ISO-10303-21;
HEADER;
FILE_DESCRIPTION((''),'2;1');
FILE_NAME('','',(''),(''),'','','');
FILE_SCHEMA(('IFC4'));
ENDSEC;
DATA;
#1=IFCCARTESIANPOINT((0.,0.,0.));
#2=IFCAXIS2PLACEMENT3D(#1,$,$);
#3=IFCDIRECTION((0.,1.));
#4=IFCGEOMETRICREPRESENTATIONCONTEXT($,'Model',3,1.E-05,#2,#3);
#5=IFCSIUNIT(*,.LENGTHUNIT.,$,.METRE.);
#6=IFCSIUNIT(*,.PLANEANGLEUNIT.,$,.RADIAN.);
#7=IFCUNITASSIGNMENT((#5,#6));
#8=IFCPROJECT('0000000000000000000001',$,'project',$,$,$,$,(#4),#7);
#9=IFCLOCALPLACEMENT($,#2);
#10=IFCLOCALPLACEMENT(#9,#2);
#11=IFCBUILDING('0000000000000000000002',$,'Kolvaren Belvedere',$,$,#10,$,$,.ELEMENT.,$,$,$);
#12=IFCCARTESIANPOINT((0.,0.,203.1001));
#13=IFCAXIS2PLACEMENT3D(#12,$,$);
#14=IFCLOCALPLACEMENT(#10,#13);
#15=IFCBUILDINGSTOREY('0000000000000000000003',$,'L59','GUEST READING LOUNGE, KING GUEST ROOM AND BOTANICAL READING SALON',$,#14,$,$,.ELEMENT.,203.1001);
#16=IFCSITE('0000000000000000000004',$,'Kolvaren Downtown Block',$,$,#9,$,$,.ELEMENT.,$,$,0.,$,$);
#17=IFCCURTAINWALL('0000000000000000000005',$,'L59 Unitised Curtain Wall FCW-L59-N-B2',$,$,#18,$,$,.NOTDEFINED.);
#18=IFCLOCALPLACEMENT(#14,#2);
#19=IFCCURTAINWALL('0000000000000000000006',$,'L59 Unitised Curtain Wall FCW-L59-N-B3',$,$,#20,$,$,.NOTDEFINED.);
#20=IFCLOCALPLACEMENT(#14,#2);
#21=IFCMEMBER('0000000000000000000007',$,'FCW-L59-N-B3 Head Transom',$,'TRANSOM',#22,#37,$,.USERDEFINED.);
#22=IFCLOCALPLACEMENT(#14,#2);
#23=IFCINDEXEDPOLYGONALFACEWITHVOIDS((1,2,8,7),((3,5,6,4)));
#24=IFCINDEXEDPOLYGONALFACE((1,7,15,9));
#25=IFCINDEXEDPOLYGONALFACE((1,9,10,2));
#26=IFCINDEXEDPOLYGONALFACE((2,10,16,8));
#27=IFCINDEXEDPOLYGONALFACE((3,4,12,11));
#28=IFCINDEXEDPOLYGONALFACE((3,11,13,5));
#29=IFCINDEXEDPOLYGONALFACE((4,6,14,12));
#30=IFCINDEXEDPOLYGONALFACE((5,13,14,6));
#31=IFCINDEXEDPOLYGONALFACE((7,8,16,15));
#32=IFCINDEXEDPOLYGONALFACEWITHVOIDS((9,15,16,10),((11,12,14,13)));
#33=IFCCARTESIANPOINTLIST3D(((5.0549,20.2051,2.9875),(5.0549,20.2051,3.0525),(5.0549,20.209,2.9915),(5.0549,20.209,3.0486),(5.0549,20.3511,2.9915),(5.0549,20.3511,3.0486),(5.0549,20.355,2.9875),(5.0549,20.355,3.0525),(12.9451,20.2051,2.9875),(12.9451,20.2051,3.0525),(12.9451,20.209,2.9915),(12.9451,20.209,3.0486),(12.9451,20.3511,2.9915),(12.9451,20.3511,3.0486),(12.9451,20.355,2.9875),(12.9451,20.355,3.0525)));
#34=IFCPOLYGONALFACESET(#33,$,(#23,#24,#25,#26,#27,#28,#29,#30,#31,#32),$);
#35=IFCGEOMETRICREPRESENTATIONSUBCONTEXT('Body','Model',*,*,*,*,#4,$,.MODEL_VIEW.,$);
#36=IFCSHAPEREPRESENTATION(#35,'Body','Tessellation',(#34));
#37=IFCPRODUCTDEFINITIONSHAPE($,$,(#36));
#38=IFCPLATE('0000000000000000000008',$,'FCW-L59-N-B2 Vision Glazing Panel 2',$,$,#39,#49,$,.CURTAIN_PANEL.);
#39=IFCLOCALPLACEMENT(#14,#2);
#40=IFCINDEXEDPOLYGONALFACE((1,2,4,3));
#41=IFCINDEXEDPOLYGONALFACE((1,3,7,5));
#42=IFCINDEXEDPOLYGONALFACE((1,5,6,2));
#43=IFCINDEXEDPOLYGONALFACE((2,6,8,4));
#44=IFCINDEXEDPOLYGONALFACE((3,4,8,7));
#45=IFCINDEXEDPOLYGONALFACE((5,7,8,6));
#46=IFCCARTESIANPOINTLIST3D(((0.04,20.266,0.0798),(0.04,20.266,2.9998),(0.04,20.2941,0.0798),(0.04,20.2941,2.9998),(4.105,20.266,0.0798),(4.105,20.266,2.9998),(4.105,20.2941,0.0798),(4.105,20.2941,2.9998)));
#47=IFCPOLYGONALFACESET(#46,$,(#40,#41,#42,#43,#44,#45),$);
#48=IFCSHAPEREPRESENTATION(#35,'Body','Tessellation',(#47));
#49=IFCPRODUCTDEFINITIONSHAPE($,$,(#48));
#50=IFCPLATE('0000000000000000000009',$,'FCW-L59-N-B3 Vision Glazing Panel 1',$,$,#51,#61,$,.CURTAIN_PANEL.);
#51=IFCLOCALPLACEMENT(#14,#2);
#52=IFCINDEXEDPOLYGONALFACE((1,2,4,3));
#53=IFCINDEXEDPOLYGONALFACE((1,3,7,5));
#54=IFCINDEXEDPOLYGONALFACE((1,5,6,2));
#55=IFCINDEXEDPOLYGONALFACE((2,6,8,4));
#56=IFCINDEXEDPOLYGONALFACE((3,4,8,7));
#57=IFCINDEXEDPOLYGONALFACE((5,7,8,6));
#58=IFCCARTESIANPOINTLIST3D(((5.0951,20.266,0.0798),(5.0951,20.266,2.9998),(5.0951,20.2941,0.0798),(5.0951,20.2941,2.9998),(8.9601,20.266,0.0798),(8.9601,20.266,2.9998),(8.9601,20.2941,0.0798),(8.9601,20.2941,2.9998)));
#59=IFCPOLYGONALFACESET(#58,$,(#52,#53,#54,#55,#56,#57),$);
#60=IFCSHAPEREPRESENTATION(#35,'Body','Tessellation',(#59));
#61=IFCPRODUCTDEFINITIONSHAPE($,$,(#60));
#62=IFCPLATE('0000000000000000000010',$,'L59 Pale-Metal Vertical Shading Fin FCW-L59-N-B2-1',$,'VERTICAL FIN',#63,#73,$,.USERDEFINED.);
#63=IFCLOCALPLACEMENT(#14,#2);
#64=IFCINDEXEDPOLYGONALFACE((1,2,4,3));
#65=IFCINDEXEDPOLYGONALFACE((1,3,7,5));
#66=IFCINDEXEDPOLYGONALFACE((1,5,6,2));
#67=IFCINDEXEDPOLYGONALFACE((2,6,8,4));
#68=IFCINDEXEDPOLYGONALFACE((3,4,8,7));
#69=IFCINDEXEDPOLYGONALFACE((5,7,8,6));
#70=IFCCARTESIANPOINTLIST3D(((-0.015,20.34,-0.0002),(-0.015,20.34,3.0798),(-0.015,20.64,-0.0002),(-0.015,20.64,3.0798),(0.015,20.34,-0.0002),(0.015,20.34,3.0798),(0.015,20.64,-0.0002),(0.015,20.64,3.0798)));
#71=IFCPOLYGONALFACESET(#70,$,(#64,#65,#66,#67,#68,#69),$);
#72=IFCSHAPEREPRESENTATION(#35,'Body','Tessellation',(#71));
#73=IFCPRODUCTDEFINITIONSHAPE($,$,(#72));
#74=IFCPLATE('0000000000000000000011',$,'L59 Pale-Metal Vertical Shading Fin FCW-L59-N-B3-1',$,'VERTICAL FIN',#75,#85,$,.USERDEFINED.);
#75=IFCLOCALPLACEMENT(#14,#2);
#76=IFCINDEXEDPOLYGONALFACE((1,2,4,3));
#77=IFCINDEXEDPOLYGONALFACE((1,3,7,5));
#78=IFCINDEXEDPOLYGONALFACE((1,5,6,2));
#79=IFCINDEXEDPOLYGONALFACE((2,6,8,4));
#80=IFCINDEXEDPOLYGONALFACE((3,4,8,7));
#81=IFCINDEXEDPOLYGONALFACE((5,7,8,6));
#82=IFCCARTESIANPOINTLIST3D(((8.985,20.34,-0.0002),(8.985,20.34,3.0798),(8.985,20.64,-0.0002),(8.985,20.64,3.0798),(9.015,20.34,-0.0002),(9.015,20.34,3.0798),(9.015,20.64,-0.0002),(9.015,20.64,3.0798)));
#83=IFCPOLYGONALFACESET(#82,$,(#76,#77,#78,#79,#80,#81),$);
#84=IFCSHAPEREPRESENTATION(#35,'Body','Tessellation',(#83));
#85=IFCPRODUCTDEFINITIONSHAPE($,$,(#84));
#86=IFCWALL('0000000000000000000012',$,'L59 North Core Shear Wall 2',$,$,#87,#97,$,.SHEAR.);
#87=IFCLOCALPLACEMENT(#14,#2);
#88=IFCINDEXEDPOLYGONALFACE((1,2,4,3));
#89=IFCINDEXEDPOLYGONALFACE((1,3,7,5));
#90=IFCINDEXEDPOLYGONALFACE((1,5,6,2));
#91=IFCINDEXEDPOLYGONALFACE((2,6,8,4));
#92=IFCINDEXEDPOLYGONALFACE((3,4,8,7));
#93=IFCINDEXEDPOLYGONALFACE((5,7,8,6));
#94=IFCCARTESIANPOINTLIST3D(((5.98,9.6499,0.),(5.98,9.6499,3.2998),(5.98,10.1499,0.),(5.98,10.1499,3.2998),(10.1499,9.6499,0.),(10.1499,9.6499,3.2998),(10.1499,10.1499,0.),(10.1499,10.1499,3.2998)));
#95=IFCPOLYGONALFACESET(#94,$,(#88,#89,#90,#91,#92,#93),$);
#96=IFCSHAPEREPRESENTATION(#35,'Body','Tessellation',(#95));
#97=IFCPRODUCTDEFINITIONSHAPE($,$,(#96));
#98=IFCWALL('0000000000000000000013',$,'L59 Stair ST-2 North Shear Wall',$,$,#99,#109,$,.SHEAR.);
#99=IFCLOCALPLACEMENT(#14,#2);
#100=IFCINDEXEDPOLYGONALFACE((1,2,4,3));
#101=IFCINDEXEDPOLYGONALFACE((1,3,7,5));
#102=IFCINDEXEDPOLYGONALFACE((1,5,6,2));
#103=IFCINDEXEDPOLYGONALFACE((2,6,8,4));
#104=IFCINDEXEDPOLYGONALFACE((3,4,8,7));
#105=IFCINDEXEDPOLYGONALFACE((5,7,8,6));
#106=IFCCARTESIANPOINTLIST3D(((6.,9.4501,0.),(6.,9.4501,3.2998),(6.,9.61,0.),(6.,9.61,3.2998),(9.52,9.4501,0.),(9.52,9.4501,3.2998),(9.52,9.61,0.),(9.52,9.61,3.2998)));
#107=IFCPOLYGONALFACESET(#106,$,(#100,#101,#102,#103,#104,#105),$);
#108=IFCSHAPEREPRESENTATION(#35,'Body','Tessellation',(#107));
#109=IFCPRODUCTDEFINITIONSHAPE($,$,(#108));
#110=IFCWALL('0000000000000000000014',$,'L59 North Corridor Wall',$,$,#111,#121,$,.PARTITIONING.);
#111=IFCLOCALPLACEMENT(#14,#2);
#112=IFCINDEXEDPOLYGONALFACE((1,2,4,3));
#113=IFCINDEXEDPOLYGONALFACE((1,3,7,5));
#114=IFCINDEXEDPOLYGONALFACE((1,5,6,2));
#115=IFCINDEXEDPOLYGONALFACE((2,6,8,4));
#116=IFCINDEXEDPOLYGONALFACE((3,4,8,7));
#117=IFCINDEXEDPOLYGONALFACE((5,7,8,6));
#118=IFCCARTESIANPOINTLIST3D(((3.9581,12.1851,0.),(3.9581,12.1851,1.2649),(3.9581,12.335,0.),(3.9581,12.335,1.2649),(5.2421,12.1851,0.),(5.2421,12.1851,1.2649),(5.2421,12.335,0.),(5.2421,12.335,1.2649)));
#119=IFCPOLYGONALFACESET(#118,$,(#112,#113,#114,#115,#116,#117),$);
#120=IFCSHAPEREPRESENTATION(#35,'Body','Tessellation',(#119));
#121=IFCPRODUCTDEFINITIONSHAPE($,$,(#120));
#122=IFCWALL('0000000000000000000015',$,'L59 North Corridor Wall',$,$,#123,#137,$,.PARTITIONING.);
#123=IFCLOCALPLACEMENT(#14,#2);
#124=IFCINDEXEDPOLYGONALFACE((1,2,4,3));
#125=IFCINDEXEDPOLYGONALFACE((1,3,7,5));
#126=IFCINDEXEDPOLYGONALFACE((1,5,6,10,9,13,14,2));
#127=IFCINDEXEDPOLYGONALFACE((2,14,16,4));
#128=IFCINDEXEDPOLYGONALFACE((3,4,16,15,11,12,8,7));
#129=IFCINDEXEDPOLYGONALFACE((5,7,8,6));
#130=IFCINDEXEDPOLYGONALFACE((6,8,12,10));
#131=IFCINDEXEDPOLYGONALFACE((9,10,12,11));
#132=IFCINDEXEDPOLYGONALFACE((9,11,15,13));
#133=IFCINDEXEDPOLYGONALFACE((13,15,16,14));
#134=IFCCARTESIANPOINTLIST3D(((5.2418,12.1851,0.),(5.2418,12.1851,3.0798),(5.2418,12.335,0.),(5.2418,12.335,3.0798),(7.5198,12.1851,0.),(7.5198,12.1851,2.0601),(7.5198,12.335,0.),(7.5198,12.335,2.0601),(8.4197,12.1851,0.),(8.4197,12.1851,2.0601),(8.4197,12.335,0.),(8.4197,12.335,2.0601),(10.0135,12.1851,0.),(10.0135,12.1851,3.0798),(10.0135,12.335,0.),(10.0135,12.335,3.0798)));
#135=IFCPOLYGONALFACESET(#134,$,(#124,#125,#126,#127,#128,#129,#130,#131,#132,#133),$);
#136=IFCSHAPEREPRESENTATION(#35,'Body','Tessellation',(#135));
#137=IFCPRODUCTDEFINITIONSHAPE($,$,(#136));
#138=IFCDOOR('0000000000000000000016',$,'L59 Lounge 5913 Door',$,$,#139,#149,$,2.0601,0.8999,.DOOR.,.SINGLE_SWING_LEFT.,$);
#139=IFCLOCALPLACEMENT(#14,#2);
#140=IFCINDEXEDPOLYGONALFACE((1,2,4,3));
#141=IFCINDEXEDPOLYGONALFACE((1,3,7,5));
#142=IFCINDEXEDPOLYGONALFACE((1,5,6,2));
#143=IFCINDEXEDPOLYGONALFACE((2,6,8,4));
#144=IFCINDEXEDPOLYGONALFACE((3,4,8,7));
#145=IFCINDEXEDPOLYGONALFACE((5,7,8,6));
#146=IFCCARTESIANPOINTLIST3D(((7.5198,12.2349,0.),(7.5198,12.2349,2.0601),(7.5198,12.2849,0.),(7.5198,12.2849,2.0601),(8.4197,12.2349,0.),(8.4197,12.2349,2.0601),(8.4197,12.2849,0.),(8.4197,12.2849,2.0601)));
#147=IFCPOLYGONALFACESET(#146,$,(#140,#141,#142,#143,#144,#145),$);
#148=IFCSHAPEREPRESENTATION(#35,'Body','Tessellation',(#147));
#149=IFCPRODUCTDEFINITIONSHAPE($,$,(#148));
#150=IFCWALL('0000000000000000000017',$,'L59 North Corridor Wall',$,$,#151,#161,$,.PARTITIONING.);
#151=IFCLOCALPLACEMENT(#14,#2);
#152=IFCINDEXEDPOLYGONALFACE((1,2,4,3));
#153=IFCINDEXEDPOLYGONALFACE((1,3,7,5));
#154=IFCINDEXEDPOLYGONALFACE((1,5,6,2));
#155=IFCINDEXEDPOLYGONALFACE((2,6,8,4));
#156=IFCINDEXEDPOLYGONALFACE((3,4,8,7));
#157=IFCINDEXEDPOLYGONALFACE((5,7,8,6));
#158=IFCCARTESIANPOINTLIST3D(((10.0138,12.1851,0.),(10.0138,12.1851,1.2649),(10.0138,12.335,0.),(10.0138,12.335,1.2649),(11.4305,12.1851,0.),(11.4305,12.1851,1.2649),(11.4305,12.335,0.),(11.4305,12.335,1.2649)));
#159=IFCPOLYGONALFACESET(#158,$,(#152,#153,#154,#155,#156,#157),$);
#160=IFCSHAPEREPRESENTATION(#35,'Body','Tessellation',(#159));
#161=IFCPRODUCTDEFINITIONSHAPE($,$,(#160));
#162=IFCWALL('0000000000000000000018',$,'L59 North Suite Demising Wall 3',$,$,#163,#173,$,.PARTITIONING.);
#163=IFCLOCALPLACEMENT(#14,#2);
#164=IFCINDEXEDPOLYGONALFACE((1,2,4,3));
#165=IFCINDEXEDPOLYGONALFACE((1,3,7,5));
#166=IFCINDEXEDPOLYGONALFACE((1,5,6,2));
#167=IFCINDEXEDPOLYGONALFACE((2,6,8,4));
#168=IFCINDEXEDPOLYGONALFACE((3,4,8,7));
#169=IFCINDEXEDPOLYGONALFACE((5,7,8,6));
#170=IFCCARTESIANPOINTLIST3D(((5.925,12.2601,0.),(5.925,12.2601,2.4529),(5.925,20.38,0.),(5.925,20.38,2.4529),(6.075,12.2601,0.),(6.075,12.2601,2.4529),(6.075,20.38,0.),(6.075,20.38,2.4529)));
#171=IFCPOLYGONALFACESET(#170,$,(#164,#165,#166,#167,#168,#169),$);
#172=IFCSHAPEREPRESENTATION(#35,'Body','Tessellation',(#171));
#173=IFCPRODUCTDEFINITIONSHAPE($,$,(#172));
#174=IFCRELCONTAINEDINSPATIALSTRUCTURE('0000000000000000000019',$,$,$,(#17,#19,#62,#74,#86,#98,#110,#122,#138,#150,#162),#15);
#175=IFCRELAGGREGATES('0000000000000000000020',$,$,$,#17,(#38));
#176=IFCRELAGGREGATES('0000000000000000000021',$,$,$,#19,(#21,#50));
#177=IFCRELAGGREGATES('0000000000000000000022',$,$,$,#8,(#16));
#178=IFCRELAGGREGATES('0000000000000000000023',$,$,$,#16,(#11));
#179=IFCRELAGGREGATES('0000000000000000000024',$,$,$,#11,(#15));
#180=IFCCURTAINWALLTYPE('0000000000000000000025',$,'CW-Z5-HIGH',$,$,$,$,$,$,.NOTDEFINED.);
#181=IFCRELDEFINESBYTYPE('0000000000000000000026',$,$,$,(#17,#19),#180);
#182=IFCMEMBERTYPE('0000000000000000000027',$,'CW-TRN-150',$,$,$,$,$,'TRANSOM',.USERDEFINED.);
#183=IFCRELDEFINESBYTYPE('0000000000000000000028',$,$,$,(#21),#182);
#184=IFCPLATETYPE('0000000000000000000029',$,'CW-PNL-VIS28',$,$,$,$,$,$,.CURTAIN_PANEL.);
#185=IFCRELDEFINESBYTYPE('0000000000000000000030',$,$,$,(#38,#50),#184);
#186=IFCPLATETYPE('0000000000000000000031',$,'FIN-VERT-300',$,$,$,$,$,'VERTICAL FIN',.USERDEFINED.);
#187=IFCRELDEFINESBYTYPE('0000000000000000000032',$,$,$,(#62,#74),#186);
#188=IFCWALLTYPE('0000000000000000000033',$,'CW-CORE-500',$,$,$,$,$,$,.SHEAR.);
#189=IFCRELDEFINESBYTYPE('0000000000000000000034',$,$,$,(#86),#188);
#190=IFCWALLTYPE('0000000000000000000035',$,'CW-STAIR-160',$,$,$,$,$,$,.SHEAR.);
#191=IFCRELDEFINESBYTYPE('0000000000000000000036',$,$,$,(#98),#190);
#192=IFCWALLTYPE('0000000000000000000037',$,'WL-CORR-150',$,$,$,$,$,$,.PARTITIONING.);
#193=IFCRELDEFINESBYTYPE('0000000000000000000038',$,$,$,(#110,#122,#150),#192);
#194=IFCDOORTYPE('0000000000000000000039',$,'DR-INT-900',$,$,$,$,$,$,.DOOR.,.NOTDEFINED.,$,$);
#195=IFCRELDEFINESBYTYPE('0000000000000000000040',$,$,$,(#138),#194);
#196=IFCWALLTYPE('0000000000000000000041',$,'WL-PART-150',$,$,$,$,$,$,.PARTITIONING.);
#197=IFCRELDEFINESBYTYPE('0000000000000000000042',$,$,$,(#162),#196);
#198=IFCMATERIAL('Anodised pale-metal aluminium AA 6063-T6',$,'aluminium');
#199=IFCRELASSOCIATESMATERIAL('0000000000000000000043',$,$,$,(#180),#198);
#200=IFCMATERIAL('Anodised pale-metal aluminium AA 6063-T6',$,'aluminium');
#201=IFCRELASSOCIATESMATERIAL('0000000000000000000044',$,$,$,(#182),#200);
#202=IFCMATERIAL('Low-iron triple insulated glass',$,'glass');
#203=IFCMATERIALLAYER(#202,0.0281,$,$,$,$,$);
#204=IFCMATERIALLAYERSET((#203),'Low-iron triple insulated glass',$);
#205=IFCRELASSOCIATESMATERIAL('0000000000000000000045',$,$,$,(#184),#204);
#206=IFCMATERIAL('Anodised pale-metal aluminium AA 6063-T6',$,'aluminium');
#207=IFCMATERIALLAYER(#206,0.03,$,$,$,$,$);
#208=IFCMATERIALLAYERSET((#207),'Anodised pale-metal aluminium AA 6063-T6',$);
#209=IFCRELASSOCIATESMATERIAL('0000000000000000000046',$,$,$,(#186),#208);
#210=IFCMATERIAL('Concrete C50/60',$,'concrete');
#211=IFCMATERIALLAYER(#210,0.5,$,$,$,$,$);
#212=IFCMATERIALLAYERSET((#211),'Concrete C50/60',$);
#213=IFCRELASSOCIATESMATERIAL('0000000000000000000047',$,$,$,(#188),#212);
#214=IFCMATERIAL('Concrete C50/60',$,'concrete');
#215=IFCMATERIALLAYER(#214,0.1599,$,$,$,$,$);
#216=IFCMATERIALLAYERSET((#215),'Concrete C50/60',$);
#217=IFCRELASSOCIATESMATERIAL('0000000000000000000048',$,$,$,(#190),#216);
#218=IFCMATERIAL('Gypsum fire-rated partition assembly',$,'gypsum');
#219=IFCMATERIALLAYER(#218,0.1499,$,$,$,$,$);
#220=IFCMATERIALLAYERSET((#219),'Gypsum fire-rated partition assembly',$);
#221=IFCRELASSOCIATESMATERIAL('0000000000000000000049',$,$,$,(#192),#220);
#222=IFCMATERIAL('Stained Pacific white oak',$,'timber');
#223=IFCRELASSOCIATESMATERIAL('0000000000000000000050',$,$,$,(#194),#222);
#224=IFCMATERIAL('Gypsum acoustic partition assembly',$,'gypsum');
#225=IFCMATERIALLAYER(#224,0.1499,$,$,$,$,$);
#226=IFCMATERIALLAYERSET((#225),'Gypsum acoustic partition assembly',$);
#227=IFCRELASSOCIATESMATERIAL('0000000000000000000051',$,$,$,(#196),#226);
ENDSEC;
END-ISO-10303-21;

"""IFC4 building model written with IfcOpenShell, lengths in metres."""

from ifc_helpers import new_model, si_unit, direction, frame, frame_2d, origin, origin_2d, place, context, subcontext, project, spatial, rectangle, hollow_rectangle, extrude, material, layer, layer_set, material_profile, profile_set, type_object, element, fill, aggregate, save


model = new_model("IFC4")

# Units and contexts
model_context = context("Model", 3, precision=1e-05, world=origin(), true_north=direction((0.0, 1.0)))
body_context = subcontext(model_context, "Body", "Model", "MODEL_VIEW")
ifc_project = project(units=[si_unit("LENGTHUNIT", "METRE"), si_unit("PLANEANGLEUNIT", "RADIAN")], contexts=[model_context])

# Site, building, storey
site_placement = place(None, origin())
site = spatial("IfcSite", under=ifc_project, at=site_placement, Name="Kolvaren Downtown Block", CompositionType="ELEMENT", RefElevation=0.0)
building_placement = place(site_placement, origin())
building = spatial("IfcBuilding", under=site, at=building_placement, Name="Kolvaren Belvedere", CompositionType="ELEMENT")
storey_placement = place(building_placement, frame((0.0, 0.0, 203.1001)))
storey = spatial("IfcBuildingStorey", under=building, at=storey_placement, Name="L59", Description="GUEST READING LOUNGE, KING GUEST ROOM AND BOTANICAL READING SALON", CompositionType="ELEMENT", Elevation=203.1001)

# Curtain walls, member
ifc_material_1 = material(Name="Anodised pale-metal aluminium AA 6063-T6", Category="aluminium")
curtain_wall_type = type_object("IfcCurtainWallType", Name="CW-Z5-HIGH", PredefinedType="NOTDEFINED", material=ifc_material_1)
curtain_wall_1_placement = place(storey_placement, origin())
curtain_wall_1 = element("IfcCurtainWall", 1, at=curtain_wall_1_placement, inside=storey, type_object=curtain_wall_type, Name="L59 Unitised Curtain Wall FCW-L59-N-B2", PredefinedType="NOTDEFINED")
curtain_wall_2_placement = place(storey_placement, origin())
curtain_wall_2 = element("IfcCurtainWall", 2, at=curtain_wall_2_placement, inside=storey, type_object=curtain_wall_type, Name="L59 Unitised Curtain Wall FCW-L59-N-B3", PredefinedType="NOTDEFINED")
ifc_material_2 = material(Name="Anodised pale-metal aluminium AA 6063-T6", Category="aluminium")
ifc_material_profile_1 = material_profile(ifc_material_2, hollow_rectangle(XDim=0.0649, YDim=0.1499, WallThickness=0.0039, at=origin_2d()), Name="ALU-TRN-150X65")
ifc_profile_set_1 = profile_set([ifc_material_profile_1], Name="Anodised pale-metal aluminium AA 6063-T6")
member_type_1 = type_object("IfcMemberType", Name="CW-TRN-150", ElementType="TRANSOM", PredefinedType="USERDEFINED", material=ifc_profile_set_1)
member_1_placement = place(storey_placement, frame((5.0549, 20.28, 3.02), z_axis=(1.0, 0.0, 0.0), x_axis=(0.0, 0.0, 1.0)))
member_1 = element("IfcMember", 3, at=member_1_placement, type_object=member_type_1, Name="FCW-L59-N-B3 Head Transom", ObjectType="TRANSOM", PredefinedType="USERDEFINED", context=body_context, shape_type="SweptSolid", body=[
    extrude(hollow_rectangle(XDim=0.0649, YDim=0.1499, WallThickness=0.0039, at=origin_2d()), origin(), (0.0, 0.0, 1.0), 7.8901),
])

# Plates
ifc_material_3 = material(Name="Low-iron triple insulated glass", Category="glass")
ifc_layer_1 = layer(ifc_material_3, 0.0281)
ifc_layer_set_1 = layer_set([ifc_layer_1], Name="Low-iron triple insulated glass")
plate_type_1 = type_object("IfcPlateType", Name="CW-PNL-VIS28", PredefinedType="CURTAIN_PANEL", material=ifc_layer_set_1)
plate_1_placement = place(storey_placement, frame((2.0725, 20.28, 0.0798), z_axis=(0.0, 0.0, 1.0), x_axis=(1.0, 0.0, 0.0)))
plate_1 = element("IfcPlate", 4, at=plate_1_placement, type_object=plate_type_1, Name="FCW-L59-N-B2 Vision Glazing Panel 2", PredefinedType="CURTAIN_PANEL", context=body_context, shape_type="SweptSolid", body=[
    extrude(rectangle(XDim=4.0649, YDim=0.0281, at=origin_2d()), origin(), (0.0, 0.0, 1.0), 2.9199),
])
aggregate(curtain_wall_1, [plate_1])
plate_2_placement = place(storey_placement, frame((7.0276, 20.28, 0.0798), z_axis=(0.0, 0.0, 1.0), x_axis=(1.0, 0.0, 0.0)))
plate_2 = element("IfcPlate", 5, at=plate_2_placement, type_object=plate_type_1, Name="FCW-L59-N-B3 Vision Glazing Panel 1", PredefinedType="CURTAIN_PANEL", context=body_context, shape_type="SweptSolid", body=[
    extrude(rectangle(XDim=3.865, YDim=0.0281, at=origin_2d()), origin(), (0.0, 0.0, 1.0), 2.9199),
])
aggregate(curtain_wall_2, [member_1, plate_2])

# Plates
ifc_material_4 = material(Name="Anodised pale-metal aluminium AA 6063-T6", Category="aluminium")
ifc_layer_2 = layer(ifc_material_4, 0.03)
ifc_layer_set_2 = layer_set([ifc_layer_2], Name="Anodised pale-metal aluminium AA 6063-T6")
plate_type_2 = type_object("IfcPlateType", Name="FIN-VERT-300", ElementType="VERTICAL FIN", PredefinedType="USERDEFINED", material=ifc_layer_set_2)
for number, where, z_axis, x_axis, name in (
    (6, (0.0, 20.49, -0.0002), (0.0, 0.0, 1.0), (0.0, 1.0, 0.0), "L59 Pale-Metal Vertical Shading Fin FCW-L59-N-B2-1"),
    (7, (9.0, 20.49, -0.0002), (0.0, 0.0, 1.0), (0.0, 1.0, 0.0), "L59 Pale-Metal Vertical Shading Fin FCW-L59-N-B3-1"),
):
    element("IfcPlate", number, at=place(storey_placement, frame(where, z_axis=z_axis, x_axis=x_axis)), inside=storey, type_object=plate_type_2, Name=name, ObjectType="VERTICAL FIN", PredefinedType="USERDEFINED", context=body_context, shape_type="SweptSolid", body=[
        extrude(rectangle(XDim=0.3, YDim=0.03, at=origin_2d()), origin(), (0.0, 0.0, 1.0), 3.0801),
    ])

# Walls
ifc_material_5 = material(Name="Concrete C50/60", Category="concrete")
ifc_layer_3 = layer(ifc_material_5, 0.5)
ifc_layer_set_3 = layer_set([ifc_layer_3], Name="Concrete C50/60")
wall_type_1 = type_object("IfcWallType", Name="CW-CORE-500", PredefinedType="SHEAR", material=ifc_layer_set_3)
wall_1_placement = place(storey_placement, frame((5.98, 9.8999, 0.0), z_axis=(0.0, 0.0, 1.0), x_axis=(1.0, 0.0, 0.0)))
element("IfcWall", 8, at=wall_1_placement, inside=storey, type_object=wall_type_1, Name="L59 North Core Shear Wall 2", PredefinedType="SHEAR", context=body_context, shape_type="SweptSolid", body=[
    extrude(rectangle(XDim=4.1699, YDim=0.5, at=frame_2d((2.085, 0.0))), origin(), (0.0, 0.0, 1.0), 3.2998),
])
ifc_material_6 = material(Name="Concrete C50/60", Category="concrete")
ifc_layer_4 = layer(ifc_material_6, 0.1599)
ifc_layer_set_4 = layer_set([ifc_layer_4], Name="Concrete C50/60")
wall_type_2 = type_object("IfcWallType", Name="CW-STAIR-160", PredefinedType="SHEAR", material=ifc_layer_set_4)
wall_2_placement = place(storey_placement, frame((6.0, 9.53, 0.0), z_axis=(0.0, 0.0, 1.0), x_axis=(1.0, 0.0, 0.0)))
element("IfcWall", 9, at=wall_2_placement, inside=storey, type_object=wall_type_2, Name="L59 Stair ST-2 North Shear Wall", PredefinedType="SHEAR", context=body_context, shape_type="SweptSolid", body=[
    extrude(rectangle(XDim=3.52, YDim=0.1599, at=frame_2d((1.76, 0.0))), origin(), (0.0, 0.0, 1.0), 3.2998),
])
ifc_material_7 = material(Name="Gypsum fire-rated partition assembly", Category="gypsum")
ifc_layer_5 = layer(ifc_material_7, 0.1499)
ifc_layer_set_5 = layer_set([ifc_layer_5], Name="Gypsum fire-rated partition assembly")
wall_type_3 = type_object("IfcWallType", Name="WL-CORR-150", PredefinedType="PARTITIONING", material=ifc_layer_set_5)
wall_3_placement = place(storey_placement, frame((3.958, 12.26, 0.0), z_axis=(0.0, 0.0, 1.0), x_axis=(1.0, 0.0, 0.0)))
element("IfcWall", 10, at=wall_3_placement, inside=storey, type_object=wall_type_3, Name="L59 North Corridor Wall", PredefinedType="PARTITIONING", context=body_context, shape_type="SweptSolid", body=[
    extrude(rectangle(XDim=1.2839, YDim=0.1499, at=frame_2d((0.6421, 0.0))), origin(), (0.0, 0.0, 1.0), 1.2649),
])

# Wall, opening, door
wall_4_placement = place(storey_placement, frame((5.2419, 12.26, 0.0), z_axis=(0.0, 0.0, 1.0), x_axis=(1.0, 0.0, 0.0)))
wall_4 = element("IfcWall", 11, at=wall_4_placement, inside=storey, type_object=wall_type_3, Name="L59 North Corridor Wall", PredefinedType="PARTITIONING", context=body_context, shape_type="SweptSolid", body=[
    extrude(rectangle(XDim=4.7717, YDim=0.1499, at=frame_2d((2.3857, 0.0))), origin(), (0.0, 0.0, 1.0), 3.0798),
])
opening_1_placement = place(wall_4_placement, frame((2.2778, 0.0, 0.0)))
opening_1 = element("IfcOpeningElement", 12, at=opening_1_placement, cuts=wall_4, PredefinedType="OPENING", context=body_context, shape_type="SweptSolid", body=[
    extrude(rectangle(XDim=0.8999, YDim=2.0601, at=frame_2d((0.45, 1.03))), frame((0.0, 0.085, 0.0), z_axis=(0.0, -1.0, 0.0), x_axis=(1.0, 0.0, 0.0)), (0.0, 0.0, 1.0), 0.1699),
])
ifc_material_8 = material(Name="Stained Pacific white oak", Category="timber")
door_type_1 = type_object("IfcDoorType", Name="DR-INT-900", OperationType="NOTDEFINED", PredefinedType="DOOR", material=ifc_material_8)
door_1_placement = place(opening_1_placement, origin())
door_1 = element("IfcDoor", 13, at=door_1_placement, inside=storey, type_object=door_type_1, Name="L59 Lounge 5913 Door", OperationType="SINGLE_SWING_LEFT", OverallHeight=2.0601, OverallWidth=0.8999, PredefinedType="DOOR", context=body_context, shape_type="SweptSolid", body=[
    extrude(rectangle(XDim=0.8999, YDim=2.0601, at=frame_2d((0.45, 1.03))), frame((0.0, 0.0249, 0.0), z_axis=(0.0, -1.0, 0.0), x_axis=(1.0, 0.0, 0.0)), (0.0, 0.0, 1.0), 0.05),
])
fill(opening_1, door_1)

# Walls
wall_5_placement = place(storey_placement, frame((10.0137, 12.26, 0.0), z_axis=(0.0, 0.0, 1.0), x_axis=(1.0, 0.0, 0.0)))
element("IfcWall", 14, at=wall_5_placement, inside=storey, type_object=wall_type_3, Name="L59 North Corridor Wall", PredefinedType="PARTITIONING", context=body_context, shape_type="SweptSolid", body=[
    extrude(rectangle(XDim=1.4167, YDim=0.1499, at=frame_2d((0.7085, 0.0))), origin(), (0.0, 0.0, 1.0), 1.2649),
])
ifc_material_9 = material(Name="Gypsum acoustic partition assembly", Category="gypsum")
ifc_layer_6 = layer(ifc_material_9, 0.1499)
ifc_layer_set_6 = layer_set([ifc_layer_6], Name="Gypsum acoustic partition assembly")
wall_type_4 = type_object("IfcWallType", Name="WL-PART-150", PredefinedType="PARTITIONING", material=ifc_layer_set_6)
wall_6_placement = place(storey_placement, frame((6.0, 12.26, 0.0), z_axis=(0.0, 0.0, 1.0), x_axis=(0.0, 1.0, 0.0)))
element("IfcWall", 15, at=wall_6_placement, inside=storey, type_object=wall_type_4, Name="L59 North Suite Demising Wall 3", PredefinedType="PARTITIONING", context=body_context, shape_type="SweptSolid", body=[
    extrude(rectangle(XDim=8.1199, YDim=0.1499, at=frame_2d((4.0601, 0.0))), origin(), (0.0, 0.0, 1.0), 2.4529),
])

save(model, "model.ifc")
